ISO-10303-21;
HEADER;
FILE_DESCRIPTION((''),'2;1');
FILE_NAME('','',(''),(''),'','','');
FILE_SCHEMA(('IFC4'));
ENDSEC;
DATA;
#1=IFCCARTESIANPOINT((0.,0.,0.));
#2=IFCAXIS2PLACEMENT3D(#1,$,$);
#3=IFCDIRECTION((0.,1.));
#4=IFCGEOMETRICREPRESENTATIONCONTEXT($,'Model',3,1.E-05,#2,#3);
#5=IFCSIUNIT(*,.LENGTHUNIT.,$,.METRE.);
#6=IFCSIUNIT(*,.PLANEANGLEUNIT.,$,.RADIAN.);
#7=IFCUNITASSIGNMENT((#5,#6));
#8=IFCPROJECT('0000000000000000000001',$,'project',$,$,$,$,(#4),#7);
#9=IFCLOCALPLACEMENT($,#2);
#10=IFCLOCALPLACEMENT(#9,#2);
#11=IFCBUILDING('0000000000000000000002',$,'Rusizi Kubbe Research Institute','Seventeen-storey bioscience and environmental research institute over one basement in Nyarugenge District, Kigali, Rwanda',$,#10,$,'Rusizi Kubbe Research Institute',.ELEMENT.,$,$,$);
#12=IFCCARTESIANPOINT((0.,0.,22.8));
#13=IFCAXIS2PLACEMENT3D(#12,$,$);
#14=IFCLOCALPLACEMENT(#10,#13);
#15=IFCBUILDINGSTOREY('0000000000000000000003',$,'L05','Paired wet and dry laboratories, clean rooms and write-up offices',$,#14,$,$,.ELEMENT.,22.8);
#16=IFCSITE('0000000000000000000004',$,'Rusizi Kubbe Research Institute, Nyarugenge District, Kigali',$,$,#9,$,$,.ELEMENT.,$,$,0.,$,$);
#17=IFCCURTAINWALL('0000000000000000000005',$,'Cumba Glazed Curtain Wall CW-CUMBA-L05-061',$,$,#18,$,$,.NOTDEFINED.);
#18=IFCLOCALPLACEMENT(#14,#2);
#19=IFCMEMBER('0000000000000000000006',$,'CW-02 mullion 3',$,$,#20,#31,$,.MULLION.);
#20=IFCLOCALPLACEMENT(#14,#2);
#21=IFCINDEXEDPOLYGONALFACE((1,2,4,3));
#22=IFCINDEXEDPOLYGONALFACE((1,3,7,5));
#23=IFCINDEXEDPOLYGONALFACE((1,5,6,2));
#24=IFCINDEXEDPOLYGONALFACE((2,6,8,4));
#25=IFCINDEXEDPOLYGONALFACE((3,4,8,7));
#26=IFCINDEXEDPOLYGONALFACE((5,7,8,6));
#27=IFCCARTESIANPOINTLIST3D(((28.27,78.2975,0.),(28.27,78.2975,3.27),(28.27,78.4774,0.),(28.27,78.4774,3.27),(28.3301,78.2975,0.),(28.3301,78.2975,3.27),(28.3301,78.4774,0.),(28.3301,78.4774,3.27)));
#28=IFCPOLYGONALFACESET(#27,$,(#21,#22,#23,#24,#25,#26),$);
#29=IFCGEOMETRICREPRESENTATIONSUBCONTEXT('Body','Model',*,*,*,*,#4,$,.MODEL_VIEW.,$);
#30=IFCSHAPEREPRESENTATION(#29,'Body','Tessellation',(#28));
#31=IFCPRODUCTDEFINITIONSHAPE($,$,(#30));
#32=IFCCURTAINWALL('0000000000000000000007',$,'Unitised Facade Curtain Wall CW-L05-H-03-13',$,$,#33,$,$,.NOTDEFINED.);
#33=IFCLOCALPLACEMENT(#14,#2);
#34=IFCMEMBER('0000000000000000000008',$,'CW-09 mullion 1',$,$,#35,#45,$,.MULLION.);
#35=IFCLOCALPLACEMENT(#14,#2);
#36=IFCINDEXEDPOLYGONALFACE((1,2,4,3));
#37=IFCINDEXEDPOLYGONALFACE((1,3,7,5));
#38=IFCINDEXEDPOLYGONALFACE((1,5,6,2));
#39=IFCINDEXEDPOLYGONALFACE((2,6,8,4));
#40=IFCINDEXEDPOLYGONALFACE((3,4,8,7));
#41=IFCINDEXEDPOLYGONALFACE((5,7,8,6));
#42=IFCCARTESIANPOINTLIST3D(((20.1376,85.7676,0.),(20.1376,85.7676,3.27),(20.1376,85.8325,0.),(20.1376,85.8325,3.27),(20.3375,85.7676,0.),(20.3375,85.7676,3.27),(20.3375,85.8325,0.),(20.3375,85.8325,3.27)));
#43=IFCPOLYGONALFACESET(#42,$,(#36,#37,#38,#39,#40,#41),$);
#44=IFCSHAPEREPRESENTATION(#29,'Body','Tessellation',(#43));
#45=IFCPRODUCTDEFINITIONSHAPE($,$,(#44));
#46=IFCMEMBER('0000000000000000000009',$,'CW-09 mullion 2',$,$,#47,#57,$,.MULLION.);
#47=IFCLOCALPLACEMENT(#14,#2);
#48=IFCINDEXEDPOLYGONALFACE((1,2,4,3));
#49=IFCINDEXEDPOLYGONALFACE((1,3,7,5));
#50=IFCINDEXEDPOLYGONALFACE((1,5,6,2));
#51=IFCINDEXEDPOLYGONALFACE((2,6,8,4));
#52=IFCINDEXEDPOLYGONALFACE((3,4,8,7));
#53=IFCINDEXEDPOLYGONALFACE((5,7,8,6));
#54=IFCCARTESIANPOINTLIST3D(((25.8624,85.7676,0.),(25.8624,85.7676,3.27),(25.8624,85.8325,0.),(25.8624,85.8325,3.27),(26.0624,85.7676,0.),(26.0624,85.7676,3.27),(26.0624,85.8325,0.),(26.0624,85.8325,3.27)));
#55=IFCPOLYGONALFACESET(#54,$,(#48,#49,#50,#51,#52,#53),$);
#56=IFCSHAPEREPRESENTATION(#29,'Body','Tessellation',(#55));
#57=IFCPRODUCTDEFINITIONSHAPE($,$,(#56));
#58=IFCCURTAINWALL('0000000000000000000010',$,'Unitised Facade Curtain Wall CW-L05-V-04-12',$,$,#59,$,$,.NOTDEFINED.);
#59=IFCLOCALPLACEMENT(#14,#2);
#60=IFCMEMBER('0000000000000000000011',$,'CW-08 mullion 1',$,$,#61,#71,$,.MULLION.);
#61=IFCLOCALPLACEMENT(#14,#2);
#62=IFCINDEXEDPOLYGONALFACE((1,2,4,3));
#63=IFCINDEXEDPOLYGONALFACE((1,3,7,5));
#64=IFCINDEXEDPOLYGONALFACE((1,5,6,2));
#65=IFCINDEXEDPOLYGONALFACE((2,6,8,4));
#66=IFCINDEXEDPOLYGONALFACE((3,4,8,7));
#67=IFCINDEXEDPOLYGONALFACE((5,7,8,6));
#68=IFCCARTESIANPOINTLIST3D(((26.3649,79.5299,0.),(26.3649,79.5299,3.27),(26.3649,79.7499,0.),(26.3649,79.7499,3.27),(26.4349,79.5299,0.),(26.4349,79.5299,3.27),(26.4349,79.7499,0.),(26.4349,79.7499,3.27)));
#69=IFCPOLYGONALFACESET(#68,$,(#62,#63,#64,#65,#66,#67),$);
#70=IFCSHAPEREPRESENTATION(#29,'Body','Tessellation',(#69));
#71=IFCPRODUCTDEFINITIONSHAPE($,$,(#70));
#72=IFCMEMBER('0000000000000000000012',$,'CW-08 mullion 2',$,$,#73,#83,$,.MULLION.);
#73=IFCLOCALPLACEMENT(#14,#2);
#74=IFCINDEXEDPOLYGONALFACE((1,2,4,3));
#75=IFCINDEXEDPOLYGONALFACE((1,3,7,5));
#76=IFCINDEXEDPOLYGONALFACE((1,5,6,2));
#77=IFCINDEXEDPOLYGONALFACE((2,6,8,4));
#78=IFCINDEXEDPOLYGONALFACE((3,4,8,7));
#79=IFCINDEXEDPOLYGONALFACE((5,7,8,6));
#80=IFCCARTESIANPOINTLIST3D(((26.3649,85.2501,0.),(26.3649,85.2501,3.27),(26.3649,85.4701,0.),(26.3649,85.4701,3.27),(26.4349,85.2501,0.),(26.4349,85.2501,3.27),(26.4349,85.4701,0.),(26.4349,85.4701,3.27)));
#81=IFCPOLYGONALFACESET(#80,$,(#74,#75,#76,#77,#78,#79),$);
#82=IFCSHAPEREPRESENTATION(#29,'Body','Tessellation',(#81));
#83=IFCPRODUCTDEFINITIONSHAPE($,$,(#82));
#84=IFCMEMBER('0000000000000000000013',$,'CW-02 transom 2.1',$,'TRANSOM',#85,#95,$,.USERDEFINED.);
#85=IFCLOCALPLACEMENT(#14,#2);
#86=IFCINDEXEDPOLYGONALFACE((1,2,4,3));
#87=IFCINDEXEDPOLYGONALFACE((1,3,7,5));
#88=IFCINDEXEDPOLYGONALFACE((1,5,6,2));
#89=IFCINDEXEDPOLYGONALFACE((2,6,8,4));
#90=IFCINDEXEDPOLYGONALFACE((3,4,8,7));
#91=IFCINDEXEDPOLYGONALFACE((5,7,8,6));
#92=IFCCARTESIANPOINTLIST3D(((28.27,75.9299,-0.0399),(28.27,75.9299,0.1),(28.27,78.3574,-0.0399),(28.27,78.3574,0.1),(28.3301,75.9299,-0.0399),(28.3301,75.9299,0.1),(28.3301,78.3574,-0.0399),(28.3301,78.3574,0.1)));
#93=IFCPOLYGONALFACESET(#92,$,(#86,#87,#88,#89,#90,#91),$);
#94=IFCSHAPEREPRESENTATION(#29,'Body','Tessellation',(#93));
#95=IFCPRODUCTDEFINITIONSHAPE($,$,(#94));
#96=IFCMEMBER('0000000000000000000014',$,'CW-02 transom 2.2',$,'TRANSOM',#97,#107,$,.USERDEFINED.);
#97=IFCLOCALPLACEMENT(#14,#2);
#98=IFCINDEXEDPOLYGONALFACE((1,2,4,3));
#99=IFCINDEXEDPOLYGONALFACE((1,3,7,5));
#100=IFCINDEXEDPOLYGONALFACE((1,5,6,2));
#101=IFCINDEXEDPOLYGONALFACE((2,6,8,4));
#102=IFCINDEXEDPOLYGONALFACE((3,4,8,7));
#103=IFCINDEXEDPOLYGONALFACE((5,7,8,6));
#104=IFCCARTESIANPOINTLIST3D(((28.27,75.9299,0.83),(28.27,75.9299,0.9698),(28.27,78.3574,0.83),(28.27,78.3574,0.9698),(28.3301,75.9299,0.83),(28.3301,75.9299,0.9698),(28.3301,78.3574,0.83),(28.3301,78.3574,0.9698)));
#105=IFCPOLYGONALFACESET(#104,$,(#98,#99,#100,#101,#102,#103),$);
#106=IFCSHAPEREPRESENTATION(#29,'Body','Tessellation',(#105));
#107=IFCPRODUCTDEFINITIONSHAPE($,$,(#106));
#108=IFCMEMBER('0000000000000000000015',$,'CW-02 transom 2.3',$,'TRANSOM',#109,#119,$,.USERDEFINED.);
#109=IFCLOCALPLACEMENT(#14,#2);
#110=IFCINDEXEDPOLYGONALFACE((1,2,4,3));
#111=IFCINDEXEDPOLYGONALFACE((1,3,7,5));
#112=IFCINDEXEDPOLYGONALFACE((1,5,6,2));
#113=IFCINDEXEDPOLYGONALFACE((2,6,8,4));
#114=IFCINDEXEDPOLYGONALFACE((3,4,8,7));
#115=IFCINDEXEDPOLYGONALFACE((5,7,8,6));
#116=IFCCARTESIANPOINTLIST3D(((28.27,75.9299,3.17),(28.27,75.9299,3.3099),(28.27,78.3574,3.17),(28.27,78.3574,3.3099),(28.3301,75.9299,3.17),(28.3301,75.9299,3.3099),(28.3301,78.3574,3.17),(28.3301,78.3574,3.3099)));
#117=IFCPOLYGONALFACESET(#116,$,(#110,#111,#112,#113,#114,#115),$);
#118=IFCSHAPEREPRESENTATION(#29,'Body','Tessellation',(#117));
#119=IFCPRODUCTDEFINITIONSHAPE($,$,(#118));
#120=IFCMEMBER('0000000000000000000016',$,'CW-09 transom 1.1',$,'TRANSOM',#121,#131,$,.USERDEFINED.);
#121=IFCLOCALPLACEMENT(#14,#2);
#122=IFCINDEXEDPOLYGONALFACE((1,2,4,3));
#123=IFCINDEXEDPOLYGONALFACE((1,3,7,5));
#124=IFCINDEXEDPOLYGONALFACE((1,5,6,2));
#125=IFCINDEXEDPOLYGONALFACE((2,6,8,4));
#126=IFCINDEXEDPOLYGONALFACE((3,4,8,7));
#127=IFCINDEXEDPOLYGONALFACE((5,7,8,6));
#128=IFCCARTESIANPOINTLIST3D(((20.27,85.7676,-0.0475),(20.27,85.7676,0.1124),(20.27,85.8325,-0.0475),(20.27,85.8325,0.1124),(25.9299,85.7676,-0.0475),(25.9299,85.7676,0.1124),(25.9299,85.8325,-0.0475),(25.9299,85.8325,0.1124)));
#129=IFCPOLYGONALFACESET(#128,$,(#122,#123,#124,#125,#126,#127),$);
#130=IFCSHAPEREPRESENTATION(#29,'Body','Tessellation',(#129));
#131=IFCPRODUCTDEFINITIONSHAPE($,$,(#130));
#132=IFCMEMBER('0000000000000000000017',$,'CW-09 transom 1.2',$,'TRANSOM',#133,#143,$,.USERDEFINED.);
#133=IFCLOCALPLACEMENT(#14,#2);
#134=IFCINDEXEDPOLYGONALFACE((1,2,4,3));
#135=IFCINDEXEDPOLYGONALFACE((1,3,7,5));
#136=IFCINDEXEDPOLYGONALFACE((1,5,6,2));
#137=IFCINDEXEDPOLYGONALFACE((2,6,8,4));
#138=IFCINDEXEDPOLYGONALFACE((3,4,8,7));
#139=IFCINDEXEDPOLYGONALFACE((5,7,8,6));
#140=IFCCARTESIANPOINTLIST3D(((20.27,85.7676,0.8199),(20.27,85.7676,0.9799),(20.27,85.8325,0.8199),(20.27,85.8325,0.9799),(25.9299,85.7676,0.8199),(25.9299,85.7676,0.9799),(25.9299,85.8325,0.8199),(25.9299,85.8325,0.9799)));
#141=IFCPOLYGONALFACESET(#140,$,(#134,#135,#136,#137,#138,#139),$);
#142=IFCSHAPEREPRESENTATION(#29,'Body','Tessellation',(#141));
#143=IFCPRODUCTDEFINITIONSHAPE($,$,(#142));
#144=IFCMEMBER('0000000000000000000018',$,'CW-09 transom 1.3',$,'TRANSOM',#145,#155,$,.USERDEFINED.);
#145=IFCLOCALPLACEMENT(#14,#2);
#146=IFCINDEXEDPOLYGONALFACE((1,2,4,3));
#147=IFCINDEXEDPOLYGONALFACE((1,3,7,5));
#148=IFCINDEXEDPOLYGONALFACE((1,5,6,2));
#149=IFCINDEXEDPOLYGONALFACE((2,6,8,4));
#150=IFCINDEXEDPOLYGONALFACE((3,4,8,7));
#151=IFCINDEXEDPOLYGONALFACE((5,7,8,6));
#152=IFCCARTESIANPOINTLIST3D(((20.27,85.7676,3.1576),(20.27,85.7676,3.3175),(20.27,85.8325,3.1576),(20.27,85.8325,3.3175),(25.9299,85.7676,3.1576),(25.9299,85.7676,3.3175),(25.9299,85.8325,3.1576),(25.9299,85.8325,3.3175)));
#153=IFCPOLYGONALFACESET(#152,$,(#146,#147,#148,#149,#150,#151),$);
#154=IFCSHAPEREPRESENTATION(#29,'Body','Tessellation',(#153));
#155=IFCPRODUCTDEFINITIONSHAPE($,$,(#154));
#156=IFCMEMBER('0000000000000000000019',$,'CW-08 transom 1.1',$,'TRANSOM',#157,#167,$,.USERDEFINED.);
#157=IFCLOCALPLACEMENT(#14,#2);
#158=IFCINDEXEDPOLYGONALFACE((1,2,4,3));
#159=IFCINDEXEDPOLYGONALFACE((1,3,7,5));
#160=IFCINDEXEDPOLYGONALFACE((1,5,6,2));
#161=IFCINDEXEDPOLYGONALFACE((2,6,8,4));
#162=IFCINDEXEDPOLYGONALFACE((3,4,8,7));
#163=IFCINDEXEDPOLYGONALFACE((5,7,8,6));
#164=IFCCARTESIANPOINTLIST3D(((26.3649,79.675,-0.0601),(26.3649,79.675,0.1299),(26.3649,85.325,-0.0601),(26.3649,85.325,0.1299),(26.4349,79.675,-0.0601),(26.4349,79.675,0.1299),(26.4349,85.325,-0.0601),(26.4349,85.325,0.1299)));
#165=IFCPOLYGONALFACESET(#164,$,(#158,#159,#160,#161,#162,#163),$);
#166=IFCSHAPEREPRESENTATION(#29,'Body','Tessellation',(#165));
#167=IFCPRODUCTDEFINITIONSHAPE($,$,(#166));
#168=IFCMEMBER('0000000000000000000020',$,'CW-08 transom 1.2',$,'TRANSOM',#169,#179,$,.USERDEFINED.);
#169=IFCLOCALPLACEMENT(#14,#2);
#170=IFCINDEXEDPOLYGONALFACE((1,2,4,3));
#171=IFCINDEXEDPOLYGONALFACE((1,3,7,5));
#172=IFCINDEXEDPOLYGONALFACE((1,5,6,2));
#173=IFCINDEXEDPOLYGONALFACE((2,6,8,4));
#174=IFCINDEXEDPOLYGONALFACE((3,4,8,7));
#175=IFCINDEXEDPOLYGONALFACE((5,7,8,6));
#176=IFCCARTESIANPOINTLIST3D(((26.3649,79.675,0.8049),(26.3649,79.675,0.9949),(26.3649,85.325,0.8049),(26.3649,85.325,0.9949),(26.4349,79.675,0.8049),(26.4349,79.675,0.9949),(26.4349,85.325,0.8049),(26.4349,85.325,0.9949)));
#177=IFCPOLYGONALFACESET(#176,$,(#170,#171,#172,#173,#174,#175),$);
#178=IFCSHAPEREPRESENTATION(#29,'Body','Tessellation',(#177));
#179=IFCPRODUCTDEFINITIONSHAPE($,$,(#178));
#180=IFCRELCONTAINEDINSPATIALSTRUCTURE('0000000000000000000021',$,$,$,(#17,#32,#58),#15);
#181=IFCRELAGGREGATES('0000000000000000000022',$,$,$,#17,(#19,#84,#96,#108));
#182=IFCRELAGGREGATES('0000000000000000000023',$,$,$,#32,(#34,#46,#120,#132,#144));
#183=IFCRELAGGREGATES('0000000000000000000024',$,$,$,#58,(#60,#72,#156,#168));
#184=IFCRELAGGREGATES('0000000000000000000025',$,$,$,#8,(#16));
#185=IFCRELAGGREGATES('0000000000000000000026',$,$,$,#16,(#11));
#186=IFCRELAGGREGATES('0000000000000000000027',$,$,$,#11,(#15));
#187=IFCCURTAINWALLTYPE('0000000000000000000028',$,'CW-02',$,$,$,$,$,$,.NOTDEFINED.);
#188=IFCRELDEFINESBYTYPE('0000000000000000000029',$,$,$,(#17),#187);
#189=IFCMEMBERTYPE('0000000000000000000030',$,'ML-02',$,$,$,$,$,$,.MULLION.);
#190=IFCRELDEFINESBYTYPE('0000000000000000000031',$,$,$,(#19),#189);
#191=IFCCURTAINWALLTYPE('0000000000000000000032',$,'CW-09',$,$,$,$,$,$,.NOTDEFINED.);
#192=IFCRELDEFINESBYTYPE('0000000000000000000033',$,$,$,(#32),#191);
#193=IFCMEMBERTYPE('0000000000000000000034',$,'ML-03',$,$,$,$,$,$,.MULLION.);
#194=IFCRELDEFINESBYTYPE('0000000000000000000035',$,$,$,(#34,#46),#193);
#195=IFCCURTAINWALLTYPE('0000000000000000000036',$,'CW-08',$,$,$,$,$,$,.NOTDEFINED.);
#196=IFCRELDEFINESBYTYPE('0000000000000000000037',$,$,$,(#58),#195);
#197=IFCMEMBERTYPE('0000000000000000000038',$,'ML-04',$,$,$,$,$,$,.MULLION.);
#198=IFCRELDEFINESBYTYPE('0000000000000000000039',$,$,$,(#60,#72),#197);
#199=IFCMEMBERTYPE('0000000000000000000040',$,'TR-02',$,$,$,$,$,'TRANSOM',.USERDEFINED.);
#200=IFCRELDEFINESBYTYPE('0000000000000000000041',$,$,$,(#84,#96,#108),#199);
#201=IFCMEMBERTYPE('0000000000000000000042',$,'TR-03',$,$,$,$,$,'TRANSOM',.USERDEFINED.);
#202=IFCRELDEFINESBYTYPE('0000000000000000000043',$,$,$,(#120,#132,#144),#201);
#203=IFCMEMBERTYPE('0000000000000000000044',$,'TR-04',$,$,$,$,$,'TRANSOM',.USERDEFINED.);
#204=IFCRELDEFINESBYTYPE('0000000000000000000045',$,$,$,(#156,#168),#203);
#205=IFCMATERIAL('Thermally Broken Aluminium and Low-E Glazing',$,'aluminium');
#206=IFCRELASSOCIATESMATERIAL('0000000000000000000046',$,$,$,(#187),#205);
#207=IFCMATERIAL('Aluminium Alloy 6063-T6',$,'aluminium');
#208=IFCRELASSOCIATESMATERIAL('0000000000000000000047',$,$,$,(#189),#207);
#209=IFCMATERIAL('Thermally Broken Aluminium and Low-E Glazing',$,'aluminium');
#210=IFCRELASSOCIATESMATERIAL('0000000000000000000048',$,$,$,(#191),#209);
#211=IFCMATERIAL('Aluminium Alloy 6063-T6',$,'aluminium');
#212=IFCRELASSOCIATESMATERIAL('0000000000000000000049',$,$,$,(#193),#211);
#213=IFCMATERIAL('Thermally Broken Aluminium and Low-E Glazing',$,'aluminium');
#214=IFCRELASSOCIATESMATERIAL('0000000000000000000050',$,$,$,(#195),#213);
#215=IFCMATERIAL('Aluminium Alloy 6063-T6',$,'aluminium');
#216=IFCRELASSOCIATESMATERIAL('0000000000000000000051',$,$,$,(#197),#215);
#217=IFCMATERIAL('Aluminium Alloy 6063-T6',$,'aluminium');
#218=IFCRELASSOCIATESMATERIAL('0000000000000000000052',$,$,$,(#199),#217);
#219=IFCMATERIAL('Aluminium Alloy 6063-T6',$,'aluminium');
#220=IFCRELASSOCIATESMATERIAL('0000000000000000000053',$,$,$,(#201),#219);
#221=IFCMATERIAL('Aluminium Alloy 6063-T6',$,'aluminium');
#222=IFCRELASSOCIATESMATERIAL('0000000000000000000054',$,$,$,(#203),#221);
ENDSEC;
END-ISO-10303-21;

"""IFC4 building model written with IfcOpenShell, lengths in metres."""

from ifc_helpers import new_model, si_unit, direction, frame, origin, origin_2d, place, context, subcontext, project, spatial, rectangle, extrude, material, material_profile, profile_set, type_object, element, aggregate, save


model = new_model("IFC4")

# Units and contexts
model_context = context("Model", 3, precision=1e-05, world=origin(), true_north=direction((0.0, 1.0)))
body_context = subcontext(model_context, "Body", "Model", "MODEL_VIEW")
ifc_project = project(units=[si_unit("LENGTHUNIT", "METRE"), si_unit("PLANEANGLEUNIT", "RADIAN")], contexts=[model_context])

# Site, building, storey
site_placement = place(None, origin())
site = spatial("IfcSite", under=ifc_project, at=site_placement, Name="Rusizi Kubbe Research Institute, Nyarugenge District, Kigali", CompositionType="ELEMENT", RefElevation=0.0)
building_placement = place(site_placement, origin())
building = spatial("IfcBuilding", under=site, at=building_placement, Name="Rusizi Kubbe Research Institute", Description="Seventeen-storey bioscience and environmental research institute over one basement in Nyarugenge District, Kigali, Rwanda", LongName="Rusizi Kubbe Research Institute", CompositionType="ELEMENT")
storey_placement = place(building_placement, frame((0.0, 0.0, 22.8)))
storey = spatial("IfcBuildingStorey", under=building, at=storey_placement, Name="L05", Description="Paired wet and dry laboratories, clean rooms and write-up offices", CompositionType="ELEMENT", Elevation=22.8)

# Curtain walls, members
ifc_material_1 = material(Name="Thermally Broken Aluminium and Low-E Glazing", Category="aluminium")
curtain_wall_type_1 = type_object("IfcCurtainWallType", Name="CW-02", PredefinedType="NOTDEFINED", material=ifc_material_1)
curtain_wall_1_placement = place(storey_placement, origin())
curtain_wall_1 = element("IfcCurtainWall", 1, at=curtain_wall_1_placement, inside=storey, type_object=curtain_wall_type_1, Name="Cumba Glazed Curtain Wall CW-CUMBA-L05-061", PredefinedType="NOTDEFINED")
ifc_material_2 = material(Name="Aluminium Alloy 6063-T6", Category="aluminium")
ifc_material_profile_1 = material_profile(ifc_material_2, rectangle(XDim=0.0601, YDim=0.1799, at=origin_2d()), Name="ALU-M 60x180")
ifc_profile_set_1 = profile_set([ifc_material_profile_1], Name="Aluminium Alloy 6063-T6")
member_type_1 = type_object("IfcMemberType", Name="ML-02", PredefinedType="MULLION", material=ifc_profile_set_1)
member_1_placement = place(storey_placement, frame((28.3, 78.3875, 0.0), z_axis=(0.0, 0.0, 1.0), x_axis=(-1.0, 0.0, 0.0)))
member_1 = element("IfcMember", 2, at=member_1_placement, type_object=member_type_1, Name="CW-02 mullion 3", PredefinedType="MULLION", context=body_context, shape_type="SweptSolid", body=[
    extrude(rectangle(XDim=0.0601, YDim=0.1799, at=origin_2d()), origin(), (0.0, 0.0, 1.0), 3.27),
])
ifc_material_3 = material(Name="Thermally Broken Aluminium and Low-E Glazing", Category="aluminium")
curtain_wall_type_2 = type_object("IfcCurtainWallType", Name="CW-09", PredefinedType="NOTDEFINED", material=ifc_material_3)
curtain_wall_2_placement = place(storey_placement, origin())
curtain_wall_2 = element("IfcCurtainWall", 3, at=curtain_wall_2_placement, inside=storey, type_object=curtain_wall_type_2, Name="Unitised Facade Curtain Wall CW-L05-H-03-13", PredefinedType="NOTDEFINED")
ifc_material_4 = material(Name="Aluminium Alloy 6063-T6", Category="aluminium")
ifc_material_profile_2 = material_profile(ifc_material_4, rectangle(XDim=0.0649, YDim=0.2, at=origin_2d()), Name="ALU-M 65x200")
ifc_profile_set_2 = profile_set([ifc_material_profile_2], Name="Aluminium Alloy 6063-T6")
member_type_2 = type_object("IfcMemberType", Name="ML-03", PredefinedType="MULLION", material=ifc_profile_set_2)
member_2_placement = place(storey_placement, frame((20.2375, 85.8, 0.0), z_axis=(0.0, 0.0, 1.0), x_axis=(0.0, 1.0, 0.0)))
member_2 = element("IfcMember", 4, at=member_2_placement, type_object=member_type_2, Name="CW-09 mullion 1", PredefinedType="MULLION", context=body_context, shape_type="SweptSolid", body=[
    extrude(rectangle(XDim=0.0649, YDim=0.2, at=origin_2d()), origin(), (0.0, 0.0, 1.0), 3.27),
])
member_3_placement = place(storey_placement, frame((25.9624, 85.8, 0.0), z_axis=(0.0, 0.0, 1.0), x_axis=(0.0, 1.0, 0.0)))
member_3 = element("IfcMember", 5, at=member_3_placement, type_object=member_type_2, Name="CW-09 mullion 2", PredefinedType="MULLION", context=body_context, shape_type="SweptSolid", body=[
    extrude(rectangle(XDim=0.0649, YDim=0.2, at=origin_2d()), origin(), (0.0, 0.0, 1.0), 3.27),
])
ifc_material_5 = material(Name="Thermally Broken Aluminium and Low-E Glazing", Category="aluminium")
curtain_wall_type_3 = type_object("IfcCurtainWallType", Name="CW-08", PredefinedType="NOTDEFINED", material=ifc_material_5)
curtain_wall_3_placement = place(storey_placement, origin())
curtain_wall_3 = element("IfcCurtainWall", 6, at=curtain_wall_3_placement, inside=storey, type_object=curtain_wall_type_3, Name="Unitised Facade Curtain Wall CW-L05-V-04-12", PredefinedType="NOTDEFINED")
ifc_material_6 = material(Name="Aluminium Alloy 6063-T6", Category="aluminium")
ifc_material_profile_3 = material_profile(ifc_material_6, rectangle(XDim=0.0701, YDim=0.22, at=origin_2d()), Name="ALU-M 70x220")
ifc_profile_set_3 = profile_set([ifc_material_profile_3], Name="Aluminium Alloy 6063-T6")
member_type_3 = type_object("IfcMemberType", Name="ML-04", PredefinedType="MULLION", material=ifc_profile_set_3)
member_4_placement = place(storey_placement, frame((26.3999, 79.6399, 0.0), z_axis=(0.0, 0.0, 1.0), x_axis=(-1.0, 0.0, 0.0)))
member_4 = element("IfcMember", 7, at=member_4_placement, type_object=member_type_3, Name="CW-08 mullion 1", PredefinedType="MULLION", context=body_context, shape_type="SweptSolid", body=[
    extrude(rectangle(XDim=0.0701, YDim=0.22, at=origin_2d()), origin(), (0.0, 0.0, 1.0), 3.27),
])
member_5_placement = place(storey_placement, frame((26.3999, 85.3601, 0.0), z_axis=(0.0, 0.0, 1.0), x_axis=(-1.0, 0.0, 0.0)))
member_5 = element("IfcMember", 8, at=member_5_placement, type_object=member_type_3, Name="CW-08 mullion 2", PredefinedType="MULLION", context=body_context, shape_type="SweptSolid", body=[
    extrude(rectangle(XDim=0.0701, YDim=0.22, at=origin_2d()), origin(), (0.0, 0.0, 1.0), 3.27),
])

# Members
ifc_material_7 = material(Name="Aluminium Alloy 6063-T6", Category="aluminium")
ifc_material_profile_4 = material_profile(ifc_material_7, rectangle(XDim=0.0601, YDim=0.1399, at=origin_2d()), Name="ALU-T 60x140")
ifc_profile_set_4 = profile_set([ifc_material_profile_4], Name="Aluminium Alloy 6063-T6")
member_type_4 = type_object("IfcMemberType", Name="TR-02", ElementType="TRANSOM", PredefinedType="USERDEFINED", material=ifc_profile_set_4)
member_6_placement = place(storey_placement, frame((28.3, 75.9299, 0.03), z_axis=(0.0, 1.0, 0.0), x_axis=(-1.0, 0.0, 0.0)))
member_6 = element("IfcMember", 9, at=member_6_placement, type_object=member_type_4, Name="CW-02 transom 2.1", ObjectType="TRANSOM", PredefinedType="USERDEFINED", context=body_context, shape_type="SweptSolid", body=[
    extrude(rectangle(XDim=0.0601, YDim=0.1399, at=origin_2d()), origin(), (0.0, 0.0, 1.0), 2.4275),
])
member_7_placement = place(storey_placement, frame((28.3, 75.9299, 0.8999), z_axis=(0.0, 1.0, 0.0), x_axis=(-1.0, 0.0, 0.0)))
member_7 = element("IfcMember", 10, at=member_7_placement, type_object=member_type_4, Name="CW-02 transom 2.2", ObjectType="TRANSOM", PredefinedType="USERDEFINED", context=body_context, shape_type="SweptSolid", body=[
    extrude(rectangle(XDim=0.0601, YDim=0.1399, at=origin_2d()), origin(), (0.0, 0.0, 1.0), 2.4275),
])
member_8_placement = place(storey_placement, frame((28.3, 75.9299, 3.24), z_axis=(0.0, 1.0, 0.0), x_axis=(-1.0, 0.0, 0.0)))
member_8 = element("IfcMember", 11, at=member_8_placement, type_object=member_type_4, Name="CW-02 transom 2.3", ObjectType="TRANSOM", PredefinedType="USERDEFINED", context=body_context, shape_type="SweptSolid", body=[
    extrude(rectangle(XDim=0.0601, YDim=0.1399, at=origin_2d()), origin(), (0.0, 0.0, 1.0), 2.4275),
])
ifc_material_8 = material(Name="Aluminium Alloy 6063-T6", Category="aluminium")
ifc_material_profile_5 = material_profile(ifc_material_8, rectangle(XDim=0.0649, YDim=0.1599, at=origin_2d()), Name="ALU-T 65x160")
ifc_profile_set_5 = profile_set([ifc_material_profile_5], Name="Aluminium Alloy 6063-T6")
member_type_5 = type_object("IfcMemberType", Name="TR-03", ElementType="TRANSOM", PredefinedType="USERDEFINED", material=ifc_profile_set_5)
member_9_placement = place(storey_placement, frame((20.27, 85.8, 0.0325), z_axis=(1.0, 0.0, 0.0), x_axis=(0.0, 1.0, 0.0)))
member_9 = element("IfcMember", 12, at=member_9_placement, type_object=member_type_5, Name="CW-09 transom 1.1", ObjectType="TRANSOM", PredefinedType="USERDEFINED", context=body_context, shape_type="SweptSolid", body=[
    extrude(rectangle(XDim=0.0649, YDim=0.1599, at=origin_2d()), origin(), (0.0, 0.0, 1.0), 5.6599),
])
member_10_placement = place(storey_placement, frame((20.27, 85.8, 0.8999), z_axis=(1.0, 0.0, 0.0), x_axis=(0.0, 1.0, 0.0)))
member_10 = element("IfcMember", 13, at=member_10_placement, type_object=member_type_5, Name="CW-09 transom 1.2", ObjectType="TRANSOM", PredefinedType="USERDEFINED", context=body_context, shape_type="SweptSolid", body=[
    extrude(rectangle(XDim=0.0649, YDim=0.1599, at=origin_2d()), origin(), (0.0, 0.0, 1.0), 5.6599),
])
member_11_placement = place(storey_placement, frame((20.27, 85.8, 3.2375), z_axis=(1.0, 0.0, 0.0), x_axis=(0.0, 1.0, 0.0)))
member_11 = element("IfcMember", 14, at=member_11_placement, type_object=member_type_5, Name="CW-09 transom 1.3", ObjectType="TRANSOM", PredefinedType="USERDEFINED", context=body_context, shape_type="SweptSolid", body=[
    extrude(rectangle(XDim=0.0649, YDim=0.1599, at=origin_2d()), origin(), (0.0, 0.0, 1.0), 5.6599),
])
ifc_material_9 = material(Name="Aluminium Alloy 6063-T6", Category="aluminium")
ifc_material_profile_6 = material_profile(ifc_material_9, rectangle(XDim=0.0701, YDim=0.1899, at=origin_2d()), Name="ALU-T 70x190")
ifc_profile_set_6 = profile_set([ifc_material_profile_6], Name="Aluminium Alloy 6063-T6")
member_type_6 = type_object("IfcMemberType", Name="TR-04", ElementType="TRANSOM", PredefinedType="USERDEFINED", material=ifc_profile_set_6)
member_12_placement = place(storey_placement, frame((26.3999, 79.675, 0.0349), z_axis=(0.0, 1.0, 0.0), x_axis=(-1.0, 0.0, 0.0)))
member_12 = element("IfcMember", 15, at=member_12_placement, type_object=member_type_6, Name="CW-08 transom 1.1", ObjectType="TRANSOM", PredefinedType="USERDEFINED", context=body_context, shape_type="SweptSolid", body=[
    extrude(rectangle(XDim=0.0701, YDim=0.1899, at=origin_2d()), origin(), (0.0, 0.0, 1.0), 5.6499),
])
member_13_placement = place(storey_placement, frame((26.3999, 79.675, 0.8999), z_axis=(0.0, 1.0, 0.0), x_axis=(-1.0, 0.0, 0.0)))
member_13 = element("IfcMember", 16, at=member_13_placement, type_object=member_type_6, Name="CW-08 transom 1.2", ObjectType="TRANSOM", PredefinedType="USERDEFINED", context=body_context, shape_type="SweptSolid", body=[
    extrude(rectangle(XDim=0.0701, YDim=0.1899, at=origin_2d()), origin(), (0.0, 0.0, 1.0), 5.6499),
])

aggregate(curtain_wall_1, [member_1, member_6, member_7, member_8])
aggregate(curtain_wall_2, [member_2, member_3, member_9, member_10, member_11])
aggregate(curtain_wall_3, [member_4, member_5, member_12, member_13])

save(model, "model.ifc")
